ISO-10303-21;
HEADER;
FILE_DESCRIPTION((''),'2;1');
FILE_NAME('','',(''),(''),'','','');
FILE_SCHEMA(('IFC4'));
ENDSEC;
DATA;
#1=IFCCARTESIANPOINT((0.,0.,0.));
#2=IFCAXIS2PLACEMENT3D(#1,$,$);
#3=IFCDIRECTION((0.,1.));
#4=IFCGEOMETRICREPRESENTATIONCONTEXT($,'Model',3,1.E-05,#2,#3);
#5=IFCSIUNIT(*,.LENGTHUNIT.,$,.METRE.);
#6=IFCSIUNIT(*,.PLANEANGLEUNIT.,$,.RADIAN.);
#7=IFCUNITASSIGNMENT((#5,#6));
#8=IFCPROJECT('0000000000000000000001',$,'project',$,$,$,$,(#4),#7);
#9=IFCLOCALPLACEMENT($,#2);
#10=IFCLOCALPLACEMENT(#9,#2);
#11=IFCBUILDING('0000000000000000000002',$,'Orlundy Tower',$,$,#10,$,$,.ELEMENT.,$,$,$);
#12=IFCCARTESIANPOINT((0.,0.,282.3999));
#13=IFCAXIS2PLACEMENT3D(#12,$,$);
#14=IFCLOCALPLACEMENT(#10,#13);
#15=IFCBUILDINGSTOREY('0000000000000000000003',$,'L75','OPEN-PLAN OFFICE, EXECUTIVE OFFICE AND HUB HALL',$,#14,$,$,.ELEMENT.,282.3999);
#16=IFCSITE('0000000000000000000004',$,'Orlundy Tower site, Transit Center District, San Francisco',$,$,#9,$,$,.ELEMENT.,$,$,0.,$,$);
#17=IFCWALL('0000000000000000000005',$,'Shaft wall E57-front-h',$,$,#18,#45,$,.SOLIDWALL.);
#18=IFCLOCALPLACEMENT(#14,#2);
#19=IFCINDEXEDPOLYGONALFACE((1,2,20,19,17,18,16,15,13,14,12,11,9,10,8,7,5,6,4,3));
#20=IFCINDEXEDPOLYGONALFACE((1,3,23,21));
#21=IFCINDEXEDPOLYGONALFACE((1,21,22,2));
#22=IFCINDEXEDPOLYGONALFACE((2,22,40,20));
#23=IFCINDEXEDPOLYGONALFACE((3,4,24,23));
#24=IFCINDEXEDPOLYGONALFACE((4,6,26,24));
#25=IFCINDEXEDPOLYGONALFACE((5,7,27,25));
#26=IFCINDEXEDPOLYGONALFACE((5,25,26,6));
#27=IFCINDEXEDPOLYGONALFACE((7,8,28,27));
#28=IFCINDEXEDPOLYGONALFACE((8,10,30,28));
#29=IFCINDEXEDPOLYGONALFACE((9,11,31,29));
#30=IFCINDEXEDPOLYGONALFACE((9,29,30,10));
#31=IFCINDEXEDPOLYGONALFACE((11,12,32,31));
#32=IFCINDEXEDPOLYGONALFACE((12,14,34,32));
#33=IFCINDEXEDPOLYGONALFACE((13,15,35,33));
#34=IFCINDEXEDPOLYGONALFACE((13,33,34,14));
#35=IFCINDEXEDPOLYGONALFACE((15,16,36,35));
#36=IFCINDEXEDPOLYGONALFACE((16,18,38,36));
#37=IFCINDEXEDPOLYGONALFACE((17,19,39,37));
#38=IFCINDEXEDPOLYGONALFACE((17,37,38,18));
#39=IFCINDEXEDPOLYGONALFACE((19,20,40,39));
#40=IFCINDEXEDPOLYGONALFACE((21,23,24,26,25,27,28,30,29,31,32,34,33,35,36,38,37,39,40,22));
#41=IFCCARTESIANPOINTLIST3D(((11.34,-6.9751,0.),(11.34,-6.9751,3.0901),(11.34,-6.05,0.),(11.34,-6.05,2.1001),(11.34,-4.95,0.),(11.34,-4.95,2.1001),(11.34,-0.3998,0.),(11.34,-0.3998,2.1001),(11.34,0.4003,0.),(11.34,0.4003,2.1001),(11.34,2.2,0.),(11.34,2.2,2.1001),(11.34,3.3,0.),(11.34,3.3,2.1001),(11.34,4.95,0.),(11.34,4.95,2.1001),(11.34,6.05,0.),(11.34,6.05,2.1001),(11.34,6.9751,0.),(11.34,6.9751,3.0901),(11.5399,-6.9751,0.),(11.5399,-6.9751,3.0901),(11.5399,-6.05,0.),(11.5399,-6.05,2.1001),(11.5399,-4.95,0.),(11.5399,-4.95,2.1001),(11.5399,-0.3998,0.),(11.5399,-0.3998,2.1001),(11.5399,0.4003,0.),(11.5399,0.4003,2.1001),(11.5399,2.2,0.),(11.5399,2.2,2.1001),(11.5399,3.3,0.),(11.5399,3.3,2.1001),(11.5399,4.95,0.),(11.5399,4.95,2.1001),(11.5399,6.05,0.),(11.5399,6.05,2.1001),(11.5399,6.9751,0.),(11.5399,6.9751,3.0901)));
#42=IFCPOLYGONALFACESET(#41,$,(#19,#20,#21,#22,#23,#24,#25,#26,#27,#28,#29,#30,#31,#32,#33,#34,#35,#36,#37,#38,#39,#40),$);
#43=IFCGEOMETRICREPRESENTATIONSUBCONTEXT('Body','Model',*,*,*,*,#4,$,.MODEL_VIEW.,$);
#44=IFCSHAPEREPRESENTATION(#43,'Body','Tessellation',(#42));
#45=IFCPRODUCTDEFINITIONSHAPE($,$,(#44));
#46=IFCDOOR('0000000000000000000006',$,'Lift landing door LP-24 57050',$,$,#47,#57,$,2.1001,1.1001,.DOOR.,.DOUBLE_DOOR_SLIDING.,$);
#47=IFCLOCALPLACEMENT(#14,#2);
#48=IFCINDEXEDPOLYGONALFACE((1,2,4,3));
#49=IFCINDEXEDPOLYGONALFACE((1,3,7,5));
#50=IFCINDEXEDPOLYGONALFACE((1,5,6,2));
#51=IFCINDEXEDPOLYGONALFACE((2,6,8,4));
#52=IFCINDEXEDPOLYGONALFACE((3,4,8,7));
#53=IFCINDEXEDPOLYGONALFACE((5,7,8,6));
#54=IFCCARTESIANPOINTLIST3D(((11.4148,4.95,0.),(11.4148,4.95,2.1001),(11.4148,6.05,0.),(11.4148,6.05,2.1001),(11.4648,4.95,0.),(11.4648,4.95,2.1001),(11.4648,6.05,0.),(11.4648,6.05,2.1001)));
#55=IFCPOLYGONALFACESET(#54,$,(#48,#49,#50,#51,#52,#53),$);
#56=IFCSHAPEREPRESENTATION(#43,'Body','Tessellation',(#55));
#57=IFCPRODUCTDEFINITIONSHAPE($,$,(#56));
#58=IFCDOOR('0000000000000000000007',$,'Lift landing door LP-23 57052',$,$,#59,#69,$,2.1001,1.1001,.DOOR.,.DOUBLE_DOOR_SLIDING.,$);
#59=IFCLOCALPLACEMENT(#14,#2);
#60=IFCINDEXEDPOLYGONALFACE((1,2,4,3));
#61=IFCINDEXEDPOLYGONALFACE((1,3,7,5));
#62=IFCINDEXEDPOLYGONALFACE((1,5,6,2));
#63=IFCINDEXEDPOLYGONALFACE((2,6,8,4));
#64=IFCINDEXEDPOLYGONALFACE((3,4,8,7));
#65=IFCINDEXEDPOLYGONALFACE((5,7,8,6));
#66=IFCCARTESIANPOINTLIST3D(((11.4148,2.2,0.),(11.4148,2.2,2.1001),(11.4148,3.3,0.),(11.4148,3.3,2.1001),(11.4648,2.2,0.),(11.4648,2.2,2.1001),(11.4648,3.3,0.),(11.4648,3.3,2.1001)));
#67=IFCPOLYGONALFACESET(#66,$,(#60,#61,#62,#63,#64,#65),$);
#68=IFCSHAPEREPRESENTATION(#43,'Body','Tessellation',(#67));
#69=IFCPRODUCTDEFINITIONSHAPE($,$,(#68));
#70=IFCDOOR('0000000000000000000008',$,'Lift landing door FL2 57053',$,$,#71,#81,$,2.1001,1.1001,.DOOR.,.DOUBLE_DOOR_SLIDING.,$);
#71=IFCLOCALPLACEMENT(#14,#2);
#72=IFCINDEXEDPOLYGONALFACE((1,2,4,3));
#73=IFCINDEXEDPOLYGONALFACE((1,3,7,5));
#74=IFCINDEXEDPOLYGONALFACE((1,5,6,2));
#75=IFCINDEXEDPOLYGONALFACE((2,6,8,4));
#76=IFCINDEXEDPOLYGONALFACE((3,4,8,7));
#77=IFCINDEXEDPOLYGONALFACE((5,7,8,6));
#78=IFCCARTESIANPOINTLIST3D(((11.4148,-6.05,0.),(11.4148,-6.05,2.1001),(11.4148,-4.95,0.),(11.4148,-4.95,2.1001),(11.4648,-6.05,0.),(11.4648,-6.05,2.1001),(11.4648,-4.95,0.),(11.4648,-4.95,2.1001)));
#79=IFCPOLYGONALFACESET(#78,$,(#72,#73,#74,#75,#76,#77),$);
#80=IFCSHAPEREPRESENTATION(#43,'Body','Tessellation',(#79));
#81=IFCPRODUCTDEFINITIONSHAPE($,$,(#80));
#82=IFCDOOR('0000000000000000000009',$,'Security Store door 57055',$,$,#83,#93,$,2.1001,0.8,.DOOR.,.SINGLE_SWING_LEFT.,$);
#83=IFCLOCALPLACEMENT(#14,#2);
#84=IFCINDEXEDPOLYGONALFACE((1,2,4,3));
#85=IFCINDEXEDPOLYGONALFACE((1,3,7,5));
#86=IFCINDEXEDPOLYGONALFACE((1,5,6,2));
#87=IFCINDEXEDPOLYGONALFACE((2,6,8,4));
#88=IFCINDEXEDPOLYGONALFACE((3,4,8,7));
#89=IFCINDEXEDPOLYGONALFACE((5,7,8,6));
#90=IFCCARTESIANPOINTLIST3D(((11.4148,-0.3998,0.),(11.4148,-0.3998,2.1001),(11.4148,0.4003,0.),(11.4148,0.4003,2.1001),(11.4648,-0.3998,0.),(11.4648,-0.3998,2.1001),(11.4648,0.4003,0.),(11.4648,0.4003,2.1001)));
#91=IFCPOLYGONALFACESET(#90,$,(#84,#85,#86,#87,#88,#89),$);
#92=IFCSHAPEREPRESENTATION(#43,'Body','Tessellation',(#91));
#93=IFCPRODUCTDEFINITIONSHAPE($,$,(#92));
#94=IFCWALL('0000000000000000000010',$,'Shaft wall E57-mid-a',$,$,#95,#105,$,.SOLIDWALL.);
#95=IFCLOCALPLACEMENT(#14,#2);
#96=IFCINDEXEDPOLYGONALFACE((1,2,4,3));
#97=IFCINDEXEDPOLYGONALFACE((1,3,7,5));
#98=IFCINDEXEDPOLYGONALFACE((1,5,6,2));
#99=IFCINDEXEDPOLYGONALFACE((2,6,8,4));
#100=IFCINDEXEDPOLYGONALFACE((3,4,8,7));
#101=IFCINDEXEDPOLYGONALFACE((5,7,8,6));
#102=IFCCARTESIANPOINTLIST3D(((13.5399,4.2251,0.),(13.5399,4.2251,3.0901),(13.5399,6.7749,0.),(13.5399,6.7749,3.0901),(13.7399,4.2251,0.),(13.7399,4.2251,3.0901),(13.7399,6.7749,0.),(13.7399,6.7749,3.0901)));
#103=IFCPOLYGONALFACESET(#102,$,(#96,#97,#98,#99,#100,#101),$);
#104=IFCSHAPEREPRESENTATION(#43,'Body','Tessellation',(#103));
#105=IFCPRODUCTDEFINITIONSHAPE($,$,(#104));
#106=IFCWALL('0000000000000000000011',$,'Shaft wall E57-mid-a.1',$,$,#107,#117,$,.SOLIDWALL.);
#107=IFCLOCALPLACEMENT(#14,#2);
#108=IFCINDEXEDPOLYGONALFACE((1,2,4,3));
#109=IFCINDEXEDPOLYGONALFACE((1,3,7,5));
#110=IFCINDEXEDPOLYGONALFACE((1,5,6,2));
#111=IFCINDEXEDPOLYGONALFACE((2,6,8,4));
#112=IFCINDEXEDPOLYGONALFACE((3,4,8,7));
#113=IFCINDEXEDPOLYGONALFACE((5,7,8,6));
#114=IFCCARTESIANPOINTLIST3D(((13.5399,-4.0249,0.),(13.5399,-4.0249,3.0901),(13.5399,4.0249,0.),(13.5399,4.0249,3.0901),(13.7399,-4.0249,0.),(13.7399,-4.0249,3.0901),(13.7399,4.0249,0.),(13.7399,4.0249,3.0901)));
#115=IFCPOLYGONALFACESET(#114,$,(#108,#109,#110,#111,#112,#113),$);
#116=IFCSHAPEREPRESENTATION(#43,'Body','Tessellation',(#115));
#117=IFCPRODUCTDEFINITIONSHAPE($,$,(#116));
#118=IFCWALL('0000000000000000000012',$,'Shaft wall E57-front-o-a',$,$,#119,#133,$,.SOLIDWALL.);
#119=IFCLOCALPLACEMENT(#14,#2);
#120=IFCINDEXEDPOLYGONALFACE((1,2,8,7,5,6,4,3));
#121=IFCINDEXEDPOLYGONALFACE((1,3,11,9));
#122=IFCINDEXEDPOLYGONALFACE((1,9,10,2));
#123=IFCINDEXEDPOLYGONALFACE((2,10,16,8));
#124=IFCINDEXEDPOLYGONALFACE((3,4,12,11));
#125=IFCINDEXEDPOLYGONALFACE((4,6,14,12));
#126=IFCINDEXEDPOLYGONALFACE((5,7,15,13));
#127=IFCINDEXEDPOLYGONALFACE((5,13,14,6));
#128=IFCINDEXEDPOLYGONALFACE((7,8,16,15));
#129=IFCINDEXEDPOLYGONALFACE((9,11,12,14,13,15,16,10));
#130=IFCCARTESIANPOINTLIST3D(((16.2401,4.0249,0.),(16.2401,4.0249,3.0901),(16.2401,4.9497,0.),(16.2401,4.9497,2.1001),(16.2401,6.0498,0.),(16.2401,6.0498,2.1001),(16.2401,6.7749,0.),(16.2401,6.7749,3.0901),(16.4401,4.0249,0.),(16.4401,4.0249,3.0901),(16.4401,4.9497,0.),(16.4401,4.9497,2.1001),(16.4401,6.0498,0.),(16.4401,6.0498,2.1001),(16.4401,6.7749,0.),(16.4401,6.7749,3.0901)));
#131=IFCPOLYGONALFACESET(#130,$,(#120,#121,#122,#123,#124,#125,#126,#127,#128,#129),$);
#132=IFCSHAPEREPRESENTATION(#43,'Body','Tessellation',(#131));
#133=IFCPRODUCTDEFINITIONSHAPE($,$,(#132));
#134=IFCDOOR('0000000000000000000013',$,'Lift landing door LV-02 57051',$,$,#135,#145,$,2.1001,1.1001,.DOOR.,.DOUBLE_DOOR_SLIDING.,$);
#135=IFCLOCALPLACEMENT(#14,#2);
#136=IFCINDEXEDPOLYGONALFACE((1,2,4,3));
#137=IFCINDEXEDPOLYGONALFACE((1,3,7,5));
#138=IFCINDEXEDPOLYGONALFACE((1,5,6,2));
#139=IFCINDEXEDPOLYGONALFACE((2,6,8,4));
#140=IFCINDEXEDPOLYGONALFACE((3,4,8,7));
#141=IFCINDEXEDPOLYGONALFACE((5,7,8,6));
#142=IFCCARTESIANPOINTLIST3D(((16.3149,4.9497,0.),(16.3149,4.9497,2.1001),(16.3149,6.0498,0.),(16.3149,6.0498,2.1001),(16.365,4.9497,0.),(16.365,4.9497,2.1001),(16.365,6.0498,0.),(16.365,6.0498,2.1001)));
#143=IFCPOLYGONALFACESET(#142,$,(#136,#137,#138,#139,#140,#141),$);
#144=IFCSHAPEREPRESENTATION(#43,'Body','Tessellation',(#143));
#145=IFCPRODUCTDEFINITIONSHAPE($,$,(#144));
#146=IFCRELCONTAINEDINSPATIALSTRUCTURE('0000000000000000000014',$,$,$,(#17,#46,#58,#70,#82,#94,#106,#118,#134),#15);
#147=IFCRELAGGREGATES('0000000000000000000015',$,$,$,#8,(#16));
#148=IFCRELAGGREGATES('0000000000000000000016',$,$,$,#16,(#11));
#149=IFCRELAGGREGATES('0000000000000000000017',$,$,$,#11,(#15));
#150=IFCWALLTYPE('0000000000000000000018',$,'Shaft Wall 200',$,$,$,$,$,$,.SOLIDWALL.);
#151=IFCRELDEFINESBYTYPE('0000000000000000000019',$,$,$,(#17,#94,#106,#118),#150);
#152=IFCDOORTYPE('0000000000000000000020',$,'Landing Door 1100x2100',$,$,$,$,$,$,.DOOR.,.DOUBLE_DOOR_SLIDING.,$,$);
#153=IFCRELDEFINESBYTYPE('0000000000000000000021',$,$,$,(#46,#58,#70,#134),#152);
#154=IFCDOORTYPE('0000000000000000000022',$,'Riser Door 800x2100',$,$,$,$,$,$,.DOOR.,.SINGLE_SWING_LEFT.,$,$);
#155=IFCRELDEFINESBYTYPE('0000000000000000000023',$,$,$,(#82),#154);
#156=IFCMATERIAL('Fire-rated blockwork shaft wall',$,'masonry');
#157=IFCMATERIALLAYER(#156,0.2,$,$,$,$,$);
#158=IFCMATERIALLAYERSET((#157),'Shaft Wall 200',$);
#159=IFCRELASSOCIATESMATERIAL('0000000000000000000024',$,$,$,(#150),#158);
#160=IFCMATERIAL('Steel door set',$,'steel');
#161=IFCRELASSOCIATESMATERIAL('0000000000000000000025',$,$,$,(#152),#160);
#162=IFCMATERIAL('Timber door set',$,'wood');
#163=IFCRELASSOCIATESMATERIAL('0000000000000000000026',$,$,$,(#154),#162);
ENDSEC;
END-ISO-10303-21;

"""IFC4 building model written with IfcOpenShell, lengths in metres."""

from ifc_helpers import new_model, si_unit, direction, frame, frame_2d, origin, place, context, subcontext, project, spatial, rectangle, extrude, material, layer, layer_set, type_object, element, fill, save


model = new_model("IFC4")

# Units and contexts
model_context = context("Model", 3, precision=1e-05, world=origin(), true_north=direction((0.0, 1.0)))
body_context = subcontext(model_context, "Body", "Model", "MODEL_VIEW")
ifc_project = project(units=[si_unit("LENGTHUNIT", "METRE"), si_unit("PLANEANGLEUNIT", "RADIAN")], contexts=[model_context])

# Site, building, storey
site_placement = place(None, origin())
site = spatial("IfcSite", under=ifc_project, at=site_placement, Name="Orlundy Tower site, Transit Center District, San Francisco", CompositionType="ELEMENT", RefElevation=0.0)
building_placement = place(site_placement, origin())
building = spatial("IfcBuilding", under=site, at=building_placement, Name="Orlundy Tower", CompositionType="ELEMENT")
storey_placement = place(building_placement, frame((0.0, 0.0, 282.3999)))
storey = spatial("IfcBuildingStorey", under=building, at=storey_placement, Name="L75", Description="OPEN-PLAN OFFICE, EXECUTIVE OFFICE AND HUB HALL", CompositionType="ELEMENT", Elevation=282.3999)

# Shared definitions
ifc_material_1 = material(Name="Fire-rated blockwork shaft wall", Category="masonry")
ifc_layer_1 = layer(ifc_material_1, 0.2)
ifc_layer_set_1 = layer_set([ifc_layer_1], Name="Shaft Wall 200")
wall_type_1 = type_object("IfcWallType", Name="Shaft Wall 200", PredefinedType="SOLIDWALL", material=ifc_layer_set_1)

# Wall, openings, doors
wall_1_placement = place(storey_placement, frame((11.4399, 6.9751, 0.0), z_axis=(0.0, 0.0, 1.0), x_axis=(0.0, -1.0, 0.0)))
wall_1 = element("IfcWall", 1, at=wall_1_placement, inside=storey, type_object=wall_type_1, Name="Shaft wall E57-front-h", PredefinedType="SOLIDWALL", context=body_context, shape_type="SweptSolid", body=[
    extrude(rectangle(XDim=13.9502, YDim=0.2, at=frame_2d((6.9751, 0.0))), origin(), (0.0, 0.0, 1.0), 3.0901),
])
opening_1_placement = place(wall_1_placement, frame((0.925, 0.0, 0.0)))
opening_1 = element("IfcOpeningElement", 2, at=opening_1_placement, cuts=wall_1, PredefinedType="OPENING", context=body_context, shape_type="SweptSolid", body=[
    extrude(rectangle(XDim=1.1001, YDim=2.1001, at=frame_2d((0.55, 1.05))), frame((0.0, 0.1101, 0.0), z_axis=(0.0, -1.0, 0.0), x_axis=(1.0, 0.0, 0.0)), (0.0, 0.0, 1.0), 0.2202),
])
opening_2_placement = place(wall_1_placement, frame((3.675, 0.0, 0.0)))
opening_2 = element("IfcOpeningElement", 3, at=opening_2_placement, cuts=wall_1, PredefinedType="OPENING", context=body_context, shape_type="SweptSolid", body=[
    extrude(rectangle(XDim=1.1001, YDim=2.1001, at=frame_2d((0.55, 1.05))), frame((0.0, 0.1101, 0.0), z_axis=(0.0, -1.0, 0.0), x_axis=(1.0, 0.0, 0.0)), (0.0, 0.0, 1.0), 0.2202),
])
opening_3_placement = place(wall_1_placement, frame((11.925, 0.0, 0.0)))
opening_3 = element("IfcOpeningElement", 4, at=opening_3_placement, cuts=wall_1, PredefinedType="OPENING", context=body_context, shape_type="SweptSolid", body=[
    extrude(rectangle(XDim=1.1001, YDim=2.1001, at=frame_2d((0.55, 1.05))), frame((0.0, 0.1101, 0.0), z_axis=(0.0, -1.0, 0.0), x_axis=(1.0, 0.0, 0.0)), (0.0, 0.0, 1.0), 0.2202),
])
opening_4_placement = place(wall_1_placement, frame((6.575, 0.0, 0.0)))
opening_4 = element("IfcOpeningElement", 5, at=opening_4_placement, cuts=wall_1, PredefinedType="OPENING", context=body_context, shape_type="SweptSolid", body=[
    extrude(rectangle(XDim=0.8, YDim=2.1001, at=frame_2d((0.3999, 1.05))), frame((0.0, 0.1101, 0.0), z_axis=(0.0, -1.0, 0.0), x_axis=(1.0, 0.0, 0.0)), (0.0, 0.0, 1.0), 0.2202),
])
ifc_material_2 = material(Name="Steel door set", Category="steel")
door_type_1 = type_object("IfcDoorType", Name="Landing Door 1100x2100", OperationType="DOUBLE_DOOR_SLIDING", PredefinedType="DOOR", material=ifc_material_2)
door_1_placement = place(opening_1_placement, origin())
door_1 = element("IfcDoor", 6, at=door_1_placement, inside=storey, type_object=door_type_1, Name="Lift landing door LP-24 57050", OperationType="DOUBLE_DOOR_SLIDING", OverallHeight=2.1001, OverallWidth=1.1001, PredefinedType="DOOR", context=body_context, shape_type="SweptSolid", body=[
    extrude(rectangle(XDim=1.1001, YDim=2.1001, at=frame_2d((0.55, 1.05))), frame((0.0, 0.0249, 0.0), z_axis=(0.0, -1.0, 0.0), x_axis=(1.0, 0.0, 0.0)), (0.0, 0.0, 1.0), 0.05),
])
fill(opening_1, door_1)
door_2_placement = place(opening_2_placement, origin())
door_2 = element("IfcDoor", 7, at=door_2_placement, inside=storey, type_object=door_type_1, Name="Lift landing door LP-23 57052", OperationType="DOUBLE_DOOR_SLIDING", OverallHeight=2.1001, OverallWidth=1.1001, PredefinedType="DOOR", context=body_context, shape_type="SweptSolid", body=[
    extrude(rectangle(XDim=1.1001, YDim=2.1001, at=frame_2d((0.55, 1.05))), frame((0.0, 0.0249, 0.0), z_axis=(0.0, -1.0, 0.0), x_axis=(1.0, 0.0, 0.0)), (0.0, 0.0, 1.0), 0.05),
])
fill(opening_2, door_2)
door_3_placement = place(opening_3_placement, origin())
door_3 = element("IfcDoor", 8, at=door_3_placement, inside=storey, type_object=door_type_1, Name="Lift landing door FL2 57053", OperationType="DOUBLE_DOOR_SLIDING", OverallHeight=2.1001, OverallWidth=1.1001, PredefinedType="DOOR", context=body_context, shape_type="SweptSolid", body=[
    extrude(rectangle(XDim=1.1001, YDim=2.1001, at=frame_2d((0.55, 1.05))), frame((0.0, 0.0249, 0.0), z_axis=(0.0, -1.0, 0.0), x_axis=(1.0, 0.0, 0.0)), (0.0, 0.0, 1.0), 0.05),
])
fill(opening_3, door_3)
ifc_material_3 = material(Name="Timber door set", Category="wood")
door_type_2 = type_object("IfcDoorType", Name="Riser Door 800x2100", OperationType="SINGLE_SWING_LEFT", PredefinedType="DOOR", material=ifc_material_3)
door_4_placement = place(opening_4_placement, origin())
door_4 = element("IfcDoor", 9, at=door_4_placement, inside=storey, type_object=door_type_2, Name="Security Store door 57055", OperationType="SINGLE_SWING_LEFT", OverallHeight=2.1001, OverallWidth=0.8, PredefinedType="DOOR", context=body_context, shape_type="SweptSolid", body=[
    extrude(rectangle(XDim=0.8, YDim=2.1001, at=frame_2d((0.3999, 1.05))), frame((0.0, 0.0249, 0.0), z_axis=(0.0, -1.0, 0.0), x_axis=(1.0, 0.0, 0.0)), (0.0, 0.0, 1.0), 0.05),
])
fill(opening_4, door_4)

# Walls
wall_2_placement = place(storey_placement, frame((13.6399, 6.7749, 0.0), z_axis=(0.0, 0.0, 1.0), x_axis=(0.0, -1.0, 0.0)))
element("IfcWall", 10, at=wall_2_placement, inside=storey, type_object=wall_type_1, Name="Shaft wall E57-mid-a", PredefinedType="SOLIDWALL", context=body_context, shape_type="SweptSolid", body=[
    extrude(rectangle(XDim=2.5498, YDim=0.2, at=frame_2d((1.2749, 0.0))), origin(), (0.0, 0.0, 1.0), 3.0901),
])
wall_3_placement = place(storey_placement, frame((13.6399, 4.0249, 0.0), z_axis=(0.0, 0.0, 1.0), x_axis=(0.0, -1.0, 0.0)))
element("IfcWall", 11, at=wall_3_placement, inside=storey, type_object=wall_type_1, Name="Shaft wall E57-mid-a.1", PredefinedType="SOLIDWALL", context=body_context, shape_type="SweptSolid", body=[
    extrude(rectangle(XDim=8.0498, YDim=0.2, at=frame_2d((4.0249, 0.0))), origin(), (0.0, 0.0, 1.0), 3.0901),
])

# Wall, opening, door
wall_4_placement = place(storey_placement, frame((16.3401, 6.7749, 0.0), z_axis=(0.0, 0.0, 1.0), x_axis=(0.0, -1.0, 0.0)))
wall_4 = element("IfcWall", 12, at=wall_4_placement, inside=storey, type_object=wall_type_1, Name="Shaft wall E57-front-o-a", PredefinedType="SOLIDWALL", context=body_context, shape_type="SweptSolid", body=[
    extrude(rectangle(XDim=2.75, YDim=0.2, at=frame_2d((1.375, 0.0))), origin(), (0.0, 0.0, 1.0), 3.0901),
])
opening_5_placement = place(wall_4_placement, frame((0.7251, 0.0, 0.0)))
opening_5 = element("IfcOpeningElement", 13, at=opening_5_placement, cuts=wall_4, PredefinedType="OPENING", context=body_context, shape_type="SweptSolid", body=[
    extrude(rectangle(XDim=1.1001, YDim=2.1001, at=frame_2d((0.55, 1.05))), frame((0.0, 0.1101, 0.0), z_axis=(0.0, -1.0, 0.0), x_axis=(1.0, 0.0, 0.0)), (0.0, 0.0, 1.0), 0.2202),
])
door_5_placement = place(opening_5_placement, origin())
door_5 = element("IfcDoor", 14, at=door_5_placement, inside=storey, type_object=door_type_1, Name="Lift landing door LV-02 57051", OperationType="DOUBLE_DOOR_SLIDING", OverallHeight=2.1001, OverallWidth=1.1001, PredefinedType="DOOR", context=body_context, shape_type="SweptSolid", body=[
    extrude(rectangle(XDim=1.1001, YDim=2.1001, at=frame_2d((0.55, 1.05))), frame((0.0, 0.0249, 0.0), z_axis=(0.0, -1.0, 0.0), x_axis=(1.0, 0.0, 0.0)), (0.0, 0.0, 1.0), 0.05),
])
fill(opening_5, door_5)

save(model, "model.ifc")
